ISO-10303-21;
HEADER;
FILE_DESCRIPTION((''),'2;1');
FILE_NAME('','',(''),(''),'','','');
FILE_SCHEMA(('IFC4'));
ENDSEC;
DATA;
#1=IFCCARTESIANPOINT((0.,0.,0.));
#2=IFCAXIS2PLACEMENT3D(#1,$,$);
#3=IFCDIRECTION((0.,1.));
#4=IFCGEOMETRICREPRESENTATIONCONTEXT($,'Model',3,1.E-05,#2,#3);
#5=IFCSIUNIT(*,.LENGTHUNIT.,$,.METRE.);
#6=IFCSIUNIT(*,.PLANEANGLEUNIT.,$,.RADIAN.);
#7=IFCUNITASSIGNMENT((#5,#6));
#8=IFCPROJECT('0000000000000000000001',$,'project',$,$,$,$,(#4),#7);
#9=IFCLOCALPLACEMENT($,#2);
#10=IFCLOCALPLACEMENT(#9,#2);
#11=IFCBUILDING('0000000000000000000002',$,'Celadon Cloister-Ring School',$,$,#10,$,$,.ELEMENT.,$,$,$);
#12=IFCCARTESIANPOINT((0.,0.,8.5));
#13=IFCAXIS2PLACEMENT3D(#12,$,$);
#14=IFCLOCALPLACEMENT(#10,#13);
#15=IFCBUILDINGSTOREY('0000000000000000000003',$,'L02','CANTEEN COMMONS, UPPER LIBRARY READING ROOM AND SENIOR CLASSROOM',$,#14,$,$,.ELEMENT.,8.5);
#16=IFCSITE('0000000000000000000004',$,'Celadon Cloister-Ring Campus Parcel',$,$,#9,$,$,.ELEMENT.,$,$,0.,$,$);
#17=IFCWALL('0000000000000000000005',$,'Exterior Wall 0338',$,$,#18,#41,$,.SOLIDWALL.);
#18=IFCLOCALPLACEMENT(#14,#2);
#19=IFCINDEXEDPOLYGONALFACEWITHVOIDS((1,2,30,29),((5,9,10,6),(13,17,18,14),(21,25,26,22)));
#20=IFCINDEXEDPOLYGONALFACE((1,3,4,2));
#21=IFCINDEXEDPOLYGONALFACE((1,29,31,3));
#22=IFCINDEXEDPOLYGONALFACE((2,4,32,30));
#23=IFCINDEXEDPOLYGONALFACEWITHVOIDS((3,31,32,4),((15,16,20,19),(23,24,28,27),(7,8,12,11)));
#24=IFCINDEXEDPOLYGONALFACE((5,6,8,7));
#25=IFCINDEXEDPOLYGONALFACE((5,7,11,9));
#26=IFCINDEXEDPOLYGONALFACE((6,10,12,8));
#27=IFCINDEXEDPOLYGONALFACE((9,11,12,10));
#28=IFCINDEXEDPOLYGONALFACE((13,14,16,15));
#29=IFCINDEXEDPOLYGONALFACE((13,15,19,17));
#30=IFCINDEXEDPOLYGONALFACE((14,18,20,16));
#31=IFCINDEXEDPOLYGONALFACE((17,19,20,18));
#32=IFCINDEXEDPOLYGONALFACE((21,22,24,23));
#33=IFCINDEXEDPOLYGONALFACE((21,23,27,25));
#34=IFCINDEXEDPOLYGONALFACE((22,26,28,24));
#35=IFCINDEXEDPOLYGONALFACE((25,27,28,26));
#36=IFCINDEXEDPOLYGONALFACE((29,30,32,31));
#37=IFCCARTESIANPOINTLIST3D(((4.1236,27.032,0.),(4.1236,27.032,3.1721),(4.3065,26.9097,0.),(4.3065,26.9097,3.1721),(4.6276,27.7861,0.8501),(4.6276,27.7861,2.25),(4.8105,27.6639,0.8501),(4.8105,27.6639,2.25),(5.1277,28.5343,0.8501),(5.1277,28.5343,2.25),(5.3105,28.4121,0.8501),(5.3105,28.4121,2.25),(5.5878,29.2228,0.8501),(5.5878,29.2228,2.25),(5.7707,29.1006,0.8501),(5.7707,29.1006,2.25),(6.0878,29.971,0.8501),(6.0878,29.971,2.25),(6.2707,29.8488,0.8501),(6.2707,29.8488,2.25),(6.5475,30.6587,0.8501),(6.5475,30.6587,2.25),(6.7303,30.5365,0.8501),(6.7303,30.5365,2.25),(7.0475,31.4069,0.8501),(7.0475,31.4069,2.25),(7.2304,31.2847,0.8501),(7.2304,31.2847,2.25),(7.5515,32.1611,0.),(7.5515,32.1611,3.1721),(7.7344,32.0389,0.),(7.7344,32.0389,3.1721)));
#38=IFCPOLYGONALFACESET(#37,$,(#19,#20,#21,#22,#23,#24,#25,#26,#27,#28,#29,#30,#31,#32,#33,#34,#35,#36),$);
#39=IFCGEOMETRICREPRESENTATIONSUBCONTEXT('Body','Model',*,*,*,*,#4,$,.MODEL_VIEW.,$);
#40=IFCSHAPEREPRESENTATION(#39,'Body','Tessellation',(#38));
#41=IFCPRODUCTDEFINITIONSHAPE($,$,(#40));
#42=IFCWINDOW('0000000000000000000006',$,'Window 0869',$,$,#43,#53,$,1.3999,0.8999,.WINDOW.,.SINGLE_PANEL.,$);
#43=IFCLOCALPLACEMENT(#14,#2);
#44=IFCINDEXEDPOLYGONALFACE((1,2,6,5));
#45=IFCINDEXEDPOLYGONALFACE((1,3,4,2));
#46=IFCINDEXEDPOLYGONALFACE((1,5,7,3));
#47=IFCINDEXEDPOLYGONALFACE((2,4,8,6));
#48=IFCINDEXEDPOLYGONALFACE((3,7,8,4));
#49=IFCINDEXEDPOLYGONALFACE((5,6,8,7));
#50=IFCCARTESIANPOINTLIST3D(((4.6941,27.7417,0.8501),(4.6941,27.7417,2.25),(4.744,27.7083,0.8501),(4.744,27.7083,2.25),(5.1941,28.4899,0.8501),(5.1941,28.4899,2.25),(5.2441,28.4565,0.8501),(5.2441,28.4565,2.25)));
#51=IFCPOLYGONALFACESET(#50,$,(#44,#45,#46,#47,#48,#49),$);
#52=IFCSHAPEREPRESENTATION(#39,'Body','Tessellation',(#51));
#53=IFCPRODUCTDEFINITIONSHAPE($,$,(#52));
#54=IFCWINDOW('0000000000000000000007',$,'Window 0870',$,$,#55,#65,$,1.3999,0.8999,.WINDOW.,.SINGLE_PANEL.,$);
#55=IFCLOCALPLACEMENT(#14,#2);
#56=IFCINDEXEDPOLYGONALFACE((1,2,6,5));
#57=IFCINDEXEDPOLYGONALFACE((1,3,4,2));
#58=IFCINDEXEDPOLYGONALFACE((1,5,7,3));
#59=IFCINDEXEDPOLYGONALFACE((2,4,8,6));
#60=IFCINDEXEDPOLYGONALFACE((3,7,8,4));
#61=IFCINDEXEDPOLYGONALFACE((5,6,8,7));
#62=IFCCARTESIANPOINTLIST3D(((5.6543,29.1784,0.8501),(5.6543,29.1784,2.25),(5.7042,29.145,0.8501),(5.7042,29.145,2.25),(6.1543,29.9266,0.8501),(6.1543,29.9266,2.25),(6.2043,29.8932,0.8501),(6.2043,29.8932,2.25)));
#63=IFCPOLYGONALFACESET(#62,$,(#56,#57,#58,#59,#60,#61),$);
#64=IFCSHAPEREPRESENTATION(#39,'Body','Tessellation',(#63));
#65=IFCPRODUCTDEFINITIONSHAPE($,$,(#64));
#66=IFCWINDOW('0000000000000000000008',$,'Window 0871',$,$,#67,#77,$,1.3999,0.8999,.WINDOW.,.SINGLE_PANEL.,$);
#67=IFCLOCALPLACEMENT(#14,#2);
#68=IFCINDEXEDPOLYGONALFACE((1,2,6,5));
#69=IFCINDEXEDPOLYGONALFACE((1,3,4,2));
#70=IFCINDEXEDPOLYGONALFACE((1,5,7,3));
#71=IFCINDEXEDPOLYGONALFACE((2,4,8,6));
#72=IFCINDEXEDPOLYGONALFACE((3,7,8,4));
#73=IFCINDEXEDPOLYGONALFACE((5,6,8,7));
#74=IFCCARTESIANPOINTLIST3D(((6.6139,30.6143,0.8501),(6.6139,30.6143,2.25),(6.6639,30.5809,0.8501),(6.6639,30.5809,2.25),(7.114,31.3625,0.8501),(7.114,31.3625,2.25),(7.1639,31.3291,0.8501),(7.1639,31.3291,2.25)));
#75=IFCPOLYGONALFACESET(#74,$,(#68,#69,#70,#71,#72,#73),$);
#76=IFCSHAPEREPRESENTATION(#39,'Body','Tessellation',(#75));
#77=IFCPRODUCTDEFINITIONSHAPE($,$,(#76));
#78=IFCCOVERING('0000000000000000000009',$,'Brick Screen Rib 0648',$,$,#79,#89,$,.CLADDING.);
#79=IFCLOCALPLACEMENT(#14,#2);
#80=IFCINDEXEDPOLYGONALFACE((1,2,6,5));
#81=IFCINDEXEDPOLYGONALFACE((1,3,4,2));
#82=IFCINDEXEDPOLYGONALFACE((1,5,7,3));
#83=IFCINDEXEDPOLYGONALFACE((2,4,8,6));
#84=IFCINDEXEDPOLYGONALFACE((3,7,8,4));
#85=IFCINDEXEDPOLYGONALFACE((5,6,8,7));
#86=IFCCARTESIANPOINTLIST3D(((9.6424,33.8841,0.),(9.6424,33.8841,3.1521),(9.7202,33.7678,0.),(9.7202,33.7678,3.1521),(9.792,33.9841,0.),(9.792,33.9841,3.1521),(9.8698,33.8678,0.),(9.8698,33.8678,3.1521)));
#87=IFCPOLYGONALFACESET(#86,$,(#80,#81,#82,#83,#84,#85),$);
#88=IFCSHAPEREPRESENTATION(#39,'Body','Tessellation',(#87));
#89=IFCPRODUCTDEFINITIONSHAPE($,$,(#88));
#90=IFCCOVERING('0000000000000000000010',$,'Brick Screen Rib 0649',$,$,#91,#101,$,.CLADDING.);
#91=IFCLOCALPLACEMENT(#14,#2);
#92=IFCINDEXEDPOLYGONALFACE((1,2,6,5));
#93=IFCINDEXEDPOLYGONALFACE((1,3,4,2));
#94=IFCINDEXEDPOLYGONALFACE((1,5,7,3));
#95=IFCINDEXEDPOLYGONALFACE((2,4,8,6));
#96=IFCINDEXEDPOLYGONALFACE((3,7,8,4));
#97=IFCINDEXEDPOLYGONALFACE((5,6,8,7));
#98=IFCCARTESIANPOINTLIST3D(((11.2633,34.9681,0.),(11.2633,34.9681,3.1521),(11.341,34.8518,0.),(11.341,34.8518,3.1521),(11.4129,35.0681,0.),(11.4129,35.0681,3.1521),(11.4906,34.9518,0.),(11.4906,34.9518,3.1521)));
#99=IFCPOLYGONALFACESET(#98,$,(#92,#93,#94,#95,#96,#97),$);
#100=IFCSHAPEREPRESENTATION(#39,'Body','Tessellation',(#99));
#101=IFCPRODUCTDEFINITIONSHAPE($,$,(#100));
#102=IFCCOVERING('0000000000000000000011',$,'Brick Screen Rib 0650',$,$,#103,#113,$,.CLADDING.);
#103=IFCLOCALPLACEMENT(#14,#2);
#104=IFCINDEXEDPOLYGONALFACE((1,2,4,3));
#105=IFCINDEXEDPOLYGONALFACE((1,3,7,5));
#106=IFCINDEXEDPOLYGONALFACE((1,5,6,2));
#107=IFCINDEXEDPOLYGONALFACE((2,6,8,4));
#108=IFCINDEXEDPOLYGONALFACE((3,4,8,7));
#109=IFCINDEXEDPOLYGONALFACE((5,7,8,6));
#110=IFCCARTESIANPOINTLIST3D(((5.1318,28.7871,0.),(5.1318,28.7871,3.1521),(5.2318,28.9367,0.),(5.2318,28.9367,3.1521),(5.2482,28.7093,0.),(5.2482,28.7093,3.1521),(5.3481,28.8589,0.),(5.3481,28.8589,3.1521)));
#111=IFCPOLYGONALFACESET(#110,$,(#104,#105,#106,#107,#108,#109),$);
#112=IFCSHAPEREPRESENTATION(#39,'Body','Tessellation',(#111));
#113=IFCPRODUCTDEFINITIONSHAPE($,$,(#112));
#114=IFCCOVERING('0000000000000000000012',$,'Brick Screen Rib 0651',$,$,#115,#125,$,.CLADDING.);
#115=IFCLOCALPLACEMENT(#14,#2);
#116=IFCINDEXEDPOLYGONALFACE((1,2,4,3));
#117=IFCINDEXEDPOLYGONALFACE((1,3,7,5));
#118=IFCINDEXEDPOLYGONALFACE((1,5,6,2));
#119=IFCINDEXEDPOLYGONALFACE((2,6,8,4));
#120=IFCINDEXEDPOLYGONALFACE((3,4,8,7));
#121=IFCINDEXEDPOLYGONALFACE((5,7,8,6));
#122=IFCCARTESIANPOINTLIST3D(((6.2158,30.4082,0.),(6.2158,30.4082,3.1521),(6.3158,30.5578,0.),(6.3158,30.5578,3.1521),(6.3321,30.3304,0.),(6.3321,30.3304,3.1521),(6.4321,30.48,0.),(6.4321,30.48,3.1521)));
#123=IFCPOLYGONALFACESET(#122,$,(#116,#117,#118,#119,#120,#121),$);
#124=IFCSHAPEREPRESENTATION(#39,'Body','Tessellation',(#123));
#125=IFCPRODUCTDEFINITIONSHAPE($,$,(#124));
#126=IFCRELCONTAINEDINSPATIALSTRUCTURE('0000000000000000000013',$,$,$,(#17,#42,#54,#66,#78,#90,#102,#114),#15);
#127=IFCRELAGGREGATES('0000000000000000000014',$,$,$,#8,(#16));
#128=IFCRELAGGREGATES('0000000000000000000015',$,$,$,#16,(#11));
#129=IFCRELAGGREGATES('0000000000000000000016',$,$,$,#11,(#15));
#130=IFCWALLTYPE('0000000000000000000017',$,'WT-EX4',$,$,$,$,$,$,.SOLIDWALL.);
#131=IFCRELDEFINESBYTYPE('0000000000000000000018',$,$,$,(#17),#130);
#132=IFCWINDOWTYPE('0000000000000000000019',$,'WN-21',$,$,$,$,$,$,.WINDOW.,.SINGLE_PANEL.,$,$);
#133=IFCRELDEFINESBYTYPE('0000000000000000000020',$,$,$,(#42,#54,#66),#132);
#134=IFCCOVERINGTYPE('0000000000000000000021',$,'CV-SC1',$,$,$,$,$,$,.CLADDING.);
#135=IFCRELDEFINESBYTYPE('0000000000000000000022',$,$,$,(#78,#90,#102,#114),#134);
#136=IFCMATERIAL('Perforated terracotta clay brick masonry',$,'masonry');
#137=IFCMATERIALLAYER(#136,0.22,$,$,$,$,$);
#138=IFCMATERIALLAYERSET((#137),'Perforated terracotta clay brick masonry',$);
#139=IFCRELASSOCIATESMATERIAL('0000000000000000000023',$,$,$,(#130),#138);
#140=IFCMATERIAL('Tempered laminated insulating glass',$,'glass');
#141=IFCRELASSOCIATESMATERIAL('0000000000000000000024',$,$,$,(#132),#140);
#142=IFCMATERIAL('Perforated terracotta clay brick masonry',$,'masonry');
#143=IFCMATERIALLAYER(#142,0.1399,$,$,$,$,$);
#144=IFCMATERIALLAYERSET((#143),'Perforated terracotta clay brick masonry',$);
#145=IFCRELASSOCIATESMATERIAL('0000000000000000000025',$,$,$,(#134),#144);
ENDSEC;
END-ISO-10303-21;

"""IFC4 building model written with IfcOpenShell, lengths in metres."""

from ifc_helpers import new_model, si_unit, direction, frame, frame_2d, origin, origin_2d, place, context, subcontext, project, spatial, rectangle, extrude, material, layer, layer_set, type_object, element, fill, save


model = new_model("IFC4")

# Units and contexts
model_context = context("Model", 3, precision=1e-05, world=origin(), true_north=direction((0.0, 1.0)))
body_context = subcontext(model_context, "Body", "Model", "MODEL_VIEW")
ifc_project = project(units=[si_unit("LENGTHUNIT", "METRE"), si_unit("PLANEANGLEUNIT", "RADIAN")], contexts=[model_context])

# Site, building, storey
site_placement = place(None, origin())
site = spatial("IfcSite", under=ifc_project, at=site_placement, Name="Celadon Cloister-Ring Campus Parcel", CompositionType="ELEMENT", RefElevation=0.0)
building_placement = place(site_placement, origin())
building = spatial("IfcBuilding", under=site, at=building_placement, Name="Celadon Cloister-Ring School", CompositionType="ELEMENT")
storey_placement = place(building_placement, frame((0.0, 0.0, 8.5)))
storey = spatial("IfcBuildingStorey", under=building, at=storey_placement, Name="L02", Description="CANTEEN COMMONS, UPPER LIBRARY READING ROOM AND SENIOR CLASSROOM", CompositionType="ELEMENT", Elevation=8.5)

# Wall, openings, windows
ifc_material_1 = material(Name="Perforated terracotta clay brick masonry", Category="masonry")
ifc_layer_1 = layer(ifc_material_1, 0.22)
ifc_layer_set_1 = layer_set([ifc_layer_1], Name="Perforated terracotta clay brick masonry")
wall_type = type_object("IfcWallType", Name="WT-EX4", PredefinedType="SOLIDWALL", material=ifc_layer_set_1)
ifc_material_2 = material(Name="Tempered laminated insulating glass", Category="glass")
window_type = type_object("IfcWindowType", Name="WN-21", PartitioningType="SINGLE_PANEL", PredefinedType="WINDOW", material=ifc_material_2)
wall_1_placement = place(storey_placement, frame((4.2151, 26.9709, 0.0), z_axis=(0.0, 0.0, 1.0), x_axis=(0.555659, 0.83141, 0.0)))
wall_1 = element("IfcWall", 1, at=wall_1_placement, inside=storey, type_object=wall_type, Name="Exterior Wall 0338", PredefinedType="SOLIDWALL", context=body_context, shape_type="SweptSolid", body=[
    extrude(rectangle(XDim=6.1692, YDim=0.22, at=frame_2d((3.0845, 0.0))), origin(), (0.0, 0.0, 1.0), 3.1721),
])
opening_1_placement = place(wall_1_placement, frame((0.907, 0.0, 0.8501)))
opening_1 = element("IfcOpeningElement", 2, at=opening_1_placement, cuts=wall_1, PredefinedType="OPENING", context=body_context, shape_type="SweptSolid", body=[
    extrude(rectangle(XDim=0.8999, YDim=1.3999, at=frame_2d((0.45, 0.7))), frame((0.0, 0.1201, 0.0), z_axis=(0.0, -1.0, 0.0), x_axis=(1.0, 0.0, 0.0)), (0.0, 0.0, 1.0), 0.24),
])
opening_2_placement = place(wall_1_placement, frame((2.635, 0.0, 0.8501)))
opening_2 = element("IfcOpeningElement", 3, at=opening_2_placement, cuts=wall_1, PredefinedType="OPENING", context=body_context, shape_type="SweptSolid", body=[
    extrude(rectangle(XDim=0.8999, YDim=1.3999, at=frame_2d((0.45, 0.7))), frame((0.0, 0.1201, 0.0), z_axis=(0.0, -1.0, 0.0), x_axis=(1.0, 0.0, 0.0)), (0.0, 0.0, 1.0), 0.24),
])
opening_3_placement = place(wall_1_placement, frame((4.3621, 0.0, 0.8501)))
opening_3 = element("IfcOpeningElement", 4, at=opening_3_placement, cuts=wall_1, PredefinedType="OPENING", context=body_context, shape_type="SweptSolid", body=[
    extrude(rectangle(XDim=0.8999, YDim=1.3999, at=frame_2d((0.45, 0.7))), frame((0.0, 0.1201, 0.0), z_axis=(0.0, -1.0, 0.0), x_axis=(1.0, 0.0, 0.0)), (0.0, 0.0, 1.0), 0.24),
])
window_1_placement = place(opening_1_placement, origin())
window_1 = element("IfcWindow", 5, at=window_1_placement, inside=storey, type_object=window_type, Name="Window 0869", OverallHeight=1.3999, OverallWidth=0.8999, PartitioningType="SINGLE_PANEL", PredefinedType="WINDOW", context=body_context, shape_type="SweptSolid", body=[
    extrude(rectangle(XDim=0.8999, YDim=1.3999, at=frame_2d((0.45, 0.7))), frame((0.0, 0.03, 0.0), z_axis=(0.0, -1.0, 0.0), x_axis=(1.0, 0.0, 0.0)), (0.0, 0.0, 1.0), 0.0601),
])
fill(opening_1, window_1)
window_2_placement = place(opening_2_placement, origin())
window_2 = element("IfcWindow", 6, at=window_2_placement, inside=storey, type_object=window_type, Name="Window 0870", OverallHeight=1.3999, OverallWidth=0.8999, PartitioningType="SINGLE_PANEL", PredefinedType="WINDOW", context=body_context, shape_type="SweptSolid", body=[
    extrude(rectangle(XDim=0.8999, YDim=1.3999, at=frame_2d((0.45, 0.7))), frame((0.0, 0.03, 0.0), z_axis=(0.0, -1.0, 0.0), x_axis=(1.0, 0.0, 0.0)), (0.0, 0.0, 1.0), 0.0601),
])
fill(opening_2, window_2)
window_3_placement = place(opening_3_placement, origin())
window_3 = element("IfcWindow", 7, at=window_3_placement, inside=storey, type_object=window_type, Name="Window 0871", OverallHeight=1.3999, OverallWidth=0.8999, PartitioningType="SINGLE_PANEL", PredefinedType="WINDOW", context=body_context, shape_type="SweptSolid", body=[
    extrude(rectangle(XDim=0.8999, YDim=1.3999, at=frame_2d((0.45, 0.7))), frame((0.0, 0.03, 0.0), z_axis=(0.0, -1.0, 0.0), x_axis=(1.0, 0.0, 0.0)), (0.0, 0.0, 1.0), 0.0601),
])
fill(opening_3, window_3)

# Coverings
ifc_material_3 = material(Name="Perforated terracotta clay brick masonry", Category="masonry")
ifc_layer_2 = layer(ifc_material_3, 0.1399)
ifc_layer_set_2 = layer_set([ifc_layer_2], Name="Perforated terracotta clay brick masonry")
covering_type = type_object("IfcCoveringType", Name="CV-SC1", PredefinedType="CLADDING", material=ifc_layer_set_2)
for number, where, z_axis, x_axis, name in (
    (8, (9.7561, 33.876, 0.0), (0.0, 0.0, 1.0), (0.831402, 0.555672, 0.0), "Brick Screen Rib 0648"),
    (9, (11.377, 34.96, 0.0), (0.0, 0.0, 1.0), (0.831402, 0.555672, 0.0), "Brick Screen Rib 0649"),
    (10, (5.24, 28.823, 0.0), (0.0, 0.0, 1.0), (0.555672, 0.831402, 0.0), "Brick Screen Rib 0650"),
    (11, (6.324, 30.4441, 0.0), (0.0, 0.0, 1.0), (0.555672, 0.831402, 0.0), "Brick Screen Rib 0651"),
):
    element("IfcCovering", number, at=place(storey_placement, frame(where, z_axis=z_axis, x_axis=x_axis)), inside=storey, type_object=covering_type, Name=name, PredefinedType="CLADDING", context=body_context, shape_type="SweptSolid", body=[
        extrude(rectangle(XDim=0.1799, YDim=0.1399, at=origin_2d()), origin(), (0.0, 0.0, 1.0), 3.1521),
    ])

save(model, "model.ifc")
